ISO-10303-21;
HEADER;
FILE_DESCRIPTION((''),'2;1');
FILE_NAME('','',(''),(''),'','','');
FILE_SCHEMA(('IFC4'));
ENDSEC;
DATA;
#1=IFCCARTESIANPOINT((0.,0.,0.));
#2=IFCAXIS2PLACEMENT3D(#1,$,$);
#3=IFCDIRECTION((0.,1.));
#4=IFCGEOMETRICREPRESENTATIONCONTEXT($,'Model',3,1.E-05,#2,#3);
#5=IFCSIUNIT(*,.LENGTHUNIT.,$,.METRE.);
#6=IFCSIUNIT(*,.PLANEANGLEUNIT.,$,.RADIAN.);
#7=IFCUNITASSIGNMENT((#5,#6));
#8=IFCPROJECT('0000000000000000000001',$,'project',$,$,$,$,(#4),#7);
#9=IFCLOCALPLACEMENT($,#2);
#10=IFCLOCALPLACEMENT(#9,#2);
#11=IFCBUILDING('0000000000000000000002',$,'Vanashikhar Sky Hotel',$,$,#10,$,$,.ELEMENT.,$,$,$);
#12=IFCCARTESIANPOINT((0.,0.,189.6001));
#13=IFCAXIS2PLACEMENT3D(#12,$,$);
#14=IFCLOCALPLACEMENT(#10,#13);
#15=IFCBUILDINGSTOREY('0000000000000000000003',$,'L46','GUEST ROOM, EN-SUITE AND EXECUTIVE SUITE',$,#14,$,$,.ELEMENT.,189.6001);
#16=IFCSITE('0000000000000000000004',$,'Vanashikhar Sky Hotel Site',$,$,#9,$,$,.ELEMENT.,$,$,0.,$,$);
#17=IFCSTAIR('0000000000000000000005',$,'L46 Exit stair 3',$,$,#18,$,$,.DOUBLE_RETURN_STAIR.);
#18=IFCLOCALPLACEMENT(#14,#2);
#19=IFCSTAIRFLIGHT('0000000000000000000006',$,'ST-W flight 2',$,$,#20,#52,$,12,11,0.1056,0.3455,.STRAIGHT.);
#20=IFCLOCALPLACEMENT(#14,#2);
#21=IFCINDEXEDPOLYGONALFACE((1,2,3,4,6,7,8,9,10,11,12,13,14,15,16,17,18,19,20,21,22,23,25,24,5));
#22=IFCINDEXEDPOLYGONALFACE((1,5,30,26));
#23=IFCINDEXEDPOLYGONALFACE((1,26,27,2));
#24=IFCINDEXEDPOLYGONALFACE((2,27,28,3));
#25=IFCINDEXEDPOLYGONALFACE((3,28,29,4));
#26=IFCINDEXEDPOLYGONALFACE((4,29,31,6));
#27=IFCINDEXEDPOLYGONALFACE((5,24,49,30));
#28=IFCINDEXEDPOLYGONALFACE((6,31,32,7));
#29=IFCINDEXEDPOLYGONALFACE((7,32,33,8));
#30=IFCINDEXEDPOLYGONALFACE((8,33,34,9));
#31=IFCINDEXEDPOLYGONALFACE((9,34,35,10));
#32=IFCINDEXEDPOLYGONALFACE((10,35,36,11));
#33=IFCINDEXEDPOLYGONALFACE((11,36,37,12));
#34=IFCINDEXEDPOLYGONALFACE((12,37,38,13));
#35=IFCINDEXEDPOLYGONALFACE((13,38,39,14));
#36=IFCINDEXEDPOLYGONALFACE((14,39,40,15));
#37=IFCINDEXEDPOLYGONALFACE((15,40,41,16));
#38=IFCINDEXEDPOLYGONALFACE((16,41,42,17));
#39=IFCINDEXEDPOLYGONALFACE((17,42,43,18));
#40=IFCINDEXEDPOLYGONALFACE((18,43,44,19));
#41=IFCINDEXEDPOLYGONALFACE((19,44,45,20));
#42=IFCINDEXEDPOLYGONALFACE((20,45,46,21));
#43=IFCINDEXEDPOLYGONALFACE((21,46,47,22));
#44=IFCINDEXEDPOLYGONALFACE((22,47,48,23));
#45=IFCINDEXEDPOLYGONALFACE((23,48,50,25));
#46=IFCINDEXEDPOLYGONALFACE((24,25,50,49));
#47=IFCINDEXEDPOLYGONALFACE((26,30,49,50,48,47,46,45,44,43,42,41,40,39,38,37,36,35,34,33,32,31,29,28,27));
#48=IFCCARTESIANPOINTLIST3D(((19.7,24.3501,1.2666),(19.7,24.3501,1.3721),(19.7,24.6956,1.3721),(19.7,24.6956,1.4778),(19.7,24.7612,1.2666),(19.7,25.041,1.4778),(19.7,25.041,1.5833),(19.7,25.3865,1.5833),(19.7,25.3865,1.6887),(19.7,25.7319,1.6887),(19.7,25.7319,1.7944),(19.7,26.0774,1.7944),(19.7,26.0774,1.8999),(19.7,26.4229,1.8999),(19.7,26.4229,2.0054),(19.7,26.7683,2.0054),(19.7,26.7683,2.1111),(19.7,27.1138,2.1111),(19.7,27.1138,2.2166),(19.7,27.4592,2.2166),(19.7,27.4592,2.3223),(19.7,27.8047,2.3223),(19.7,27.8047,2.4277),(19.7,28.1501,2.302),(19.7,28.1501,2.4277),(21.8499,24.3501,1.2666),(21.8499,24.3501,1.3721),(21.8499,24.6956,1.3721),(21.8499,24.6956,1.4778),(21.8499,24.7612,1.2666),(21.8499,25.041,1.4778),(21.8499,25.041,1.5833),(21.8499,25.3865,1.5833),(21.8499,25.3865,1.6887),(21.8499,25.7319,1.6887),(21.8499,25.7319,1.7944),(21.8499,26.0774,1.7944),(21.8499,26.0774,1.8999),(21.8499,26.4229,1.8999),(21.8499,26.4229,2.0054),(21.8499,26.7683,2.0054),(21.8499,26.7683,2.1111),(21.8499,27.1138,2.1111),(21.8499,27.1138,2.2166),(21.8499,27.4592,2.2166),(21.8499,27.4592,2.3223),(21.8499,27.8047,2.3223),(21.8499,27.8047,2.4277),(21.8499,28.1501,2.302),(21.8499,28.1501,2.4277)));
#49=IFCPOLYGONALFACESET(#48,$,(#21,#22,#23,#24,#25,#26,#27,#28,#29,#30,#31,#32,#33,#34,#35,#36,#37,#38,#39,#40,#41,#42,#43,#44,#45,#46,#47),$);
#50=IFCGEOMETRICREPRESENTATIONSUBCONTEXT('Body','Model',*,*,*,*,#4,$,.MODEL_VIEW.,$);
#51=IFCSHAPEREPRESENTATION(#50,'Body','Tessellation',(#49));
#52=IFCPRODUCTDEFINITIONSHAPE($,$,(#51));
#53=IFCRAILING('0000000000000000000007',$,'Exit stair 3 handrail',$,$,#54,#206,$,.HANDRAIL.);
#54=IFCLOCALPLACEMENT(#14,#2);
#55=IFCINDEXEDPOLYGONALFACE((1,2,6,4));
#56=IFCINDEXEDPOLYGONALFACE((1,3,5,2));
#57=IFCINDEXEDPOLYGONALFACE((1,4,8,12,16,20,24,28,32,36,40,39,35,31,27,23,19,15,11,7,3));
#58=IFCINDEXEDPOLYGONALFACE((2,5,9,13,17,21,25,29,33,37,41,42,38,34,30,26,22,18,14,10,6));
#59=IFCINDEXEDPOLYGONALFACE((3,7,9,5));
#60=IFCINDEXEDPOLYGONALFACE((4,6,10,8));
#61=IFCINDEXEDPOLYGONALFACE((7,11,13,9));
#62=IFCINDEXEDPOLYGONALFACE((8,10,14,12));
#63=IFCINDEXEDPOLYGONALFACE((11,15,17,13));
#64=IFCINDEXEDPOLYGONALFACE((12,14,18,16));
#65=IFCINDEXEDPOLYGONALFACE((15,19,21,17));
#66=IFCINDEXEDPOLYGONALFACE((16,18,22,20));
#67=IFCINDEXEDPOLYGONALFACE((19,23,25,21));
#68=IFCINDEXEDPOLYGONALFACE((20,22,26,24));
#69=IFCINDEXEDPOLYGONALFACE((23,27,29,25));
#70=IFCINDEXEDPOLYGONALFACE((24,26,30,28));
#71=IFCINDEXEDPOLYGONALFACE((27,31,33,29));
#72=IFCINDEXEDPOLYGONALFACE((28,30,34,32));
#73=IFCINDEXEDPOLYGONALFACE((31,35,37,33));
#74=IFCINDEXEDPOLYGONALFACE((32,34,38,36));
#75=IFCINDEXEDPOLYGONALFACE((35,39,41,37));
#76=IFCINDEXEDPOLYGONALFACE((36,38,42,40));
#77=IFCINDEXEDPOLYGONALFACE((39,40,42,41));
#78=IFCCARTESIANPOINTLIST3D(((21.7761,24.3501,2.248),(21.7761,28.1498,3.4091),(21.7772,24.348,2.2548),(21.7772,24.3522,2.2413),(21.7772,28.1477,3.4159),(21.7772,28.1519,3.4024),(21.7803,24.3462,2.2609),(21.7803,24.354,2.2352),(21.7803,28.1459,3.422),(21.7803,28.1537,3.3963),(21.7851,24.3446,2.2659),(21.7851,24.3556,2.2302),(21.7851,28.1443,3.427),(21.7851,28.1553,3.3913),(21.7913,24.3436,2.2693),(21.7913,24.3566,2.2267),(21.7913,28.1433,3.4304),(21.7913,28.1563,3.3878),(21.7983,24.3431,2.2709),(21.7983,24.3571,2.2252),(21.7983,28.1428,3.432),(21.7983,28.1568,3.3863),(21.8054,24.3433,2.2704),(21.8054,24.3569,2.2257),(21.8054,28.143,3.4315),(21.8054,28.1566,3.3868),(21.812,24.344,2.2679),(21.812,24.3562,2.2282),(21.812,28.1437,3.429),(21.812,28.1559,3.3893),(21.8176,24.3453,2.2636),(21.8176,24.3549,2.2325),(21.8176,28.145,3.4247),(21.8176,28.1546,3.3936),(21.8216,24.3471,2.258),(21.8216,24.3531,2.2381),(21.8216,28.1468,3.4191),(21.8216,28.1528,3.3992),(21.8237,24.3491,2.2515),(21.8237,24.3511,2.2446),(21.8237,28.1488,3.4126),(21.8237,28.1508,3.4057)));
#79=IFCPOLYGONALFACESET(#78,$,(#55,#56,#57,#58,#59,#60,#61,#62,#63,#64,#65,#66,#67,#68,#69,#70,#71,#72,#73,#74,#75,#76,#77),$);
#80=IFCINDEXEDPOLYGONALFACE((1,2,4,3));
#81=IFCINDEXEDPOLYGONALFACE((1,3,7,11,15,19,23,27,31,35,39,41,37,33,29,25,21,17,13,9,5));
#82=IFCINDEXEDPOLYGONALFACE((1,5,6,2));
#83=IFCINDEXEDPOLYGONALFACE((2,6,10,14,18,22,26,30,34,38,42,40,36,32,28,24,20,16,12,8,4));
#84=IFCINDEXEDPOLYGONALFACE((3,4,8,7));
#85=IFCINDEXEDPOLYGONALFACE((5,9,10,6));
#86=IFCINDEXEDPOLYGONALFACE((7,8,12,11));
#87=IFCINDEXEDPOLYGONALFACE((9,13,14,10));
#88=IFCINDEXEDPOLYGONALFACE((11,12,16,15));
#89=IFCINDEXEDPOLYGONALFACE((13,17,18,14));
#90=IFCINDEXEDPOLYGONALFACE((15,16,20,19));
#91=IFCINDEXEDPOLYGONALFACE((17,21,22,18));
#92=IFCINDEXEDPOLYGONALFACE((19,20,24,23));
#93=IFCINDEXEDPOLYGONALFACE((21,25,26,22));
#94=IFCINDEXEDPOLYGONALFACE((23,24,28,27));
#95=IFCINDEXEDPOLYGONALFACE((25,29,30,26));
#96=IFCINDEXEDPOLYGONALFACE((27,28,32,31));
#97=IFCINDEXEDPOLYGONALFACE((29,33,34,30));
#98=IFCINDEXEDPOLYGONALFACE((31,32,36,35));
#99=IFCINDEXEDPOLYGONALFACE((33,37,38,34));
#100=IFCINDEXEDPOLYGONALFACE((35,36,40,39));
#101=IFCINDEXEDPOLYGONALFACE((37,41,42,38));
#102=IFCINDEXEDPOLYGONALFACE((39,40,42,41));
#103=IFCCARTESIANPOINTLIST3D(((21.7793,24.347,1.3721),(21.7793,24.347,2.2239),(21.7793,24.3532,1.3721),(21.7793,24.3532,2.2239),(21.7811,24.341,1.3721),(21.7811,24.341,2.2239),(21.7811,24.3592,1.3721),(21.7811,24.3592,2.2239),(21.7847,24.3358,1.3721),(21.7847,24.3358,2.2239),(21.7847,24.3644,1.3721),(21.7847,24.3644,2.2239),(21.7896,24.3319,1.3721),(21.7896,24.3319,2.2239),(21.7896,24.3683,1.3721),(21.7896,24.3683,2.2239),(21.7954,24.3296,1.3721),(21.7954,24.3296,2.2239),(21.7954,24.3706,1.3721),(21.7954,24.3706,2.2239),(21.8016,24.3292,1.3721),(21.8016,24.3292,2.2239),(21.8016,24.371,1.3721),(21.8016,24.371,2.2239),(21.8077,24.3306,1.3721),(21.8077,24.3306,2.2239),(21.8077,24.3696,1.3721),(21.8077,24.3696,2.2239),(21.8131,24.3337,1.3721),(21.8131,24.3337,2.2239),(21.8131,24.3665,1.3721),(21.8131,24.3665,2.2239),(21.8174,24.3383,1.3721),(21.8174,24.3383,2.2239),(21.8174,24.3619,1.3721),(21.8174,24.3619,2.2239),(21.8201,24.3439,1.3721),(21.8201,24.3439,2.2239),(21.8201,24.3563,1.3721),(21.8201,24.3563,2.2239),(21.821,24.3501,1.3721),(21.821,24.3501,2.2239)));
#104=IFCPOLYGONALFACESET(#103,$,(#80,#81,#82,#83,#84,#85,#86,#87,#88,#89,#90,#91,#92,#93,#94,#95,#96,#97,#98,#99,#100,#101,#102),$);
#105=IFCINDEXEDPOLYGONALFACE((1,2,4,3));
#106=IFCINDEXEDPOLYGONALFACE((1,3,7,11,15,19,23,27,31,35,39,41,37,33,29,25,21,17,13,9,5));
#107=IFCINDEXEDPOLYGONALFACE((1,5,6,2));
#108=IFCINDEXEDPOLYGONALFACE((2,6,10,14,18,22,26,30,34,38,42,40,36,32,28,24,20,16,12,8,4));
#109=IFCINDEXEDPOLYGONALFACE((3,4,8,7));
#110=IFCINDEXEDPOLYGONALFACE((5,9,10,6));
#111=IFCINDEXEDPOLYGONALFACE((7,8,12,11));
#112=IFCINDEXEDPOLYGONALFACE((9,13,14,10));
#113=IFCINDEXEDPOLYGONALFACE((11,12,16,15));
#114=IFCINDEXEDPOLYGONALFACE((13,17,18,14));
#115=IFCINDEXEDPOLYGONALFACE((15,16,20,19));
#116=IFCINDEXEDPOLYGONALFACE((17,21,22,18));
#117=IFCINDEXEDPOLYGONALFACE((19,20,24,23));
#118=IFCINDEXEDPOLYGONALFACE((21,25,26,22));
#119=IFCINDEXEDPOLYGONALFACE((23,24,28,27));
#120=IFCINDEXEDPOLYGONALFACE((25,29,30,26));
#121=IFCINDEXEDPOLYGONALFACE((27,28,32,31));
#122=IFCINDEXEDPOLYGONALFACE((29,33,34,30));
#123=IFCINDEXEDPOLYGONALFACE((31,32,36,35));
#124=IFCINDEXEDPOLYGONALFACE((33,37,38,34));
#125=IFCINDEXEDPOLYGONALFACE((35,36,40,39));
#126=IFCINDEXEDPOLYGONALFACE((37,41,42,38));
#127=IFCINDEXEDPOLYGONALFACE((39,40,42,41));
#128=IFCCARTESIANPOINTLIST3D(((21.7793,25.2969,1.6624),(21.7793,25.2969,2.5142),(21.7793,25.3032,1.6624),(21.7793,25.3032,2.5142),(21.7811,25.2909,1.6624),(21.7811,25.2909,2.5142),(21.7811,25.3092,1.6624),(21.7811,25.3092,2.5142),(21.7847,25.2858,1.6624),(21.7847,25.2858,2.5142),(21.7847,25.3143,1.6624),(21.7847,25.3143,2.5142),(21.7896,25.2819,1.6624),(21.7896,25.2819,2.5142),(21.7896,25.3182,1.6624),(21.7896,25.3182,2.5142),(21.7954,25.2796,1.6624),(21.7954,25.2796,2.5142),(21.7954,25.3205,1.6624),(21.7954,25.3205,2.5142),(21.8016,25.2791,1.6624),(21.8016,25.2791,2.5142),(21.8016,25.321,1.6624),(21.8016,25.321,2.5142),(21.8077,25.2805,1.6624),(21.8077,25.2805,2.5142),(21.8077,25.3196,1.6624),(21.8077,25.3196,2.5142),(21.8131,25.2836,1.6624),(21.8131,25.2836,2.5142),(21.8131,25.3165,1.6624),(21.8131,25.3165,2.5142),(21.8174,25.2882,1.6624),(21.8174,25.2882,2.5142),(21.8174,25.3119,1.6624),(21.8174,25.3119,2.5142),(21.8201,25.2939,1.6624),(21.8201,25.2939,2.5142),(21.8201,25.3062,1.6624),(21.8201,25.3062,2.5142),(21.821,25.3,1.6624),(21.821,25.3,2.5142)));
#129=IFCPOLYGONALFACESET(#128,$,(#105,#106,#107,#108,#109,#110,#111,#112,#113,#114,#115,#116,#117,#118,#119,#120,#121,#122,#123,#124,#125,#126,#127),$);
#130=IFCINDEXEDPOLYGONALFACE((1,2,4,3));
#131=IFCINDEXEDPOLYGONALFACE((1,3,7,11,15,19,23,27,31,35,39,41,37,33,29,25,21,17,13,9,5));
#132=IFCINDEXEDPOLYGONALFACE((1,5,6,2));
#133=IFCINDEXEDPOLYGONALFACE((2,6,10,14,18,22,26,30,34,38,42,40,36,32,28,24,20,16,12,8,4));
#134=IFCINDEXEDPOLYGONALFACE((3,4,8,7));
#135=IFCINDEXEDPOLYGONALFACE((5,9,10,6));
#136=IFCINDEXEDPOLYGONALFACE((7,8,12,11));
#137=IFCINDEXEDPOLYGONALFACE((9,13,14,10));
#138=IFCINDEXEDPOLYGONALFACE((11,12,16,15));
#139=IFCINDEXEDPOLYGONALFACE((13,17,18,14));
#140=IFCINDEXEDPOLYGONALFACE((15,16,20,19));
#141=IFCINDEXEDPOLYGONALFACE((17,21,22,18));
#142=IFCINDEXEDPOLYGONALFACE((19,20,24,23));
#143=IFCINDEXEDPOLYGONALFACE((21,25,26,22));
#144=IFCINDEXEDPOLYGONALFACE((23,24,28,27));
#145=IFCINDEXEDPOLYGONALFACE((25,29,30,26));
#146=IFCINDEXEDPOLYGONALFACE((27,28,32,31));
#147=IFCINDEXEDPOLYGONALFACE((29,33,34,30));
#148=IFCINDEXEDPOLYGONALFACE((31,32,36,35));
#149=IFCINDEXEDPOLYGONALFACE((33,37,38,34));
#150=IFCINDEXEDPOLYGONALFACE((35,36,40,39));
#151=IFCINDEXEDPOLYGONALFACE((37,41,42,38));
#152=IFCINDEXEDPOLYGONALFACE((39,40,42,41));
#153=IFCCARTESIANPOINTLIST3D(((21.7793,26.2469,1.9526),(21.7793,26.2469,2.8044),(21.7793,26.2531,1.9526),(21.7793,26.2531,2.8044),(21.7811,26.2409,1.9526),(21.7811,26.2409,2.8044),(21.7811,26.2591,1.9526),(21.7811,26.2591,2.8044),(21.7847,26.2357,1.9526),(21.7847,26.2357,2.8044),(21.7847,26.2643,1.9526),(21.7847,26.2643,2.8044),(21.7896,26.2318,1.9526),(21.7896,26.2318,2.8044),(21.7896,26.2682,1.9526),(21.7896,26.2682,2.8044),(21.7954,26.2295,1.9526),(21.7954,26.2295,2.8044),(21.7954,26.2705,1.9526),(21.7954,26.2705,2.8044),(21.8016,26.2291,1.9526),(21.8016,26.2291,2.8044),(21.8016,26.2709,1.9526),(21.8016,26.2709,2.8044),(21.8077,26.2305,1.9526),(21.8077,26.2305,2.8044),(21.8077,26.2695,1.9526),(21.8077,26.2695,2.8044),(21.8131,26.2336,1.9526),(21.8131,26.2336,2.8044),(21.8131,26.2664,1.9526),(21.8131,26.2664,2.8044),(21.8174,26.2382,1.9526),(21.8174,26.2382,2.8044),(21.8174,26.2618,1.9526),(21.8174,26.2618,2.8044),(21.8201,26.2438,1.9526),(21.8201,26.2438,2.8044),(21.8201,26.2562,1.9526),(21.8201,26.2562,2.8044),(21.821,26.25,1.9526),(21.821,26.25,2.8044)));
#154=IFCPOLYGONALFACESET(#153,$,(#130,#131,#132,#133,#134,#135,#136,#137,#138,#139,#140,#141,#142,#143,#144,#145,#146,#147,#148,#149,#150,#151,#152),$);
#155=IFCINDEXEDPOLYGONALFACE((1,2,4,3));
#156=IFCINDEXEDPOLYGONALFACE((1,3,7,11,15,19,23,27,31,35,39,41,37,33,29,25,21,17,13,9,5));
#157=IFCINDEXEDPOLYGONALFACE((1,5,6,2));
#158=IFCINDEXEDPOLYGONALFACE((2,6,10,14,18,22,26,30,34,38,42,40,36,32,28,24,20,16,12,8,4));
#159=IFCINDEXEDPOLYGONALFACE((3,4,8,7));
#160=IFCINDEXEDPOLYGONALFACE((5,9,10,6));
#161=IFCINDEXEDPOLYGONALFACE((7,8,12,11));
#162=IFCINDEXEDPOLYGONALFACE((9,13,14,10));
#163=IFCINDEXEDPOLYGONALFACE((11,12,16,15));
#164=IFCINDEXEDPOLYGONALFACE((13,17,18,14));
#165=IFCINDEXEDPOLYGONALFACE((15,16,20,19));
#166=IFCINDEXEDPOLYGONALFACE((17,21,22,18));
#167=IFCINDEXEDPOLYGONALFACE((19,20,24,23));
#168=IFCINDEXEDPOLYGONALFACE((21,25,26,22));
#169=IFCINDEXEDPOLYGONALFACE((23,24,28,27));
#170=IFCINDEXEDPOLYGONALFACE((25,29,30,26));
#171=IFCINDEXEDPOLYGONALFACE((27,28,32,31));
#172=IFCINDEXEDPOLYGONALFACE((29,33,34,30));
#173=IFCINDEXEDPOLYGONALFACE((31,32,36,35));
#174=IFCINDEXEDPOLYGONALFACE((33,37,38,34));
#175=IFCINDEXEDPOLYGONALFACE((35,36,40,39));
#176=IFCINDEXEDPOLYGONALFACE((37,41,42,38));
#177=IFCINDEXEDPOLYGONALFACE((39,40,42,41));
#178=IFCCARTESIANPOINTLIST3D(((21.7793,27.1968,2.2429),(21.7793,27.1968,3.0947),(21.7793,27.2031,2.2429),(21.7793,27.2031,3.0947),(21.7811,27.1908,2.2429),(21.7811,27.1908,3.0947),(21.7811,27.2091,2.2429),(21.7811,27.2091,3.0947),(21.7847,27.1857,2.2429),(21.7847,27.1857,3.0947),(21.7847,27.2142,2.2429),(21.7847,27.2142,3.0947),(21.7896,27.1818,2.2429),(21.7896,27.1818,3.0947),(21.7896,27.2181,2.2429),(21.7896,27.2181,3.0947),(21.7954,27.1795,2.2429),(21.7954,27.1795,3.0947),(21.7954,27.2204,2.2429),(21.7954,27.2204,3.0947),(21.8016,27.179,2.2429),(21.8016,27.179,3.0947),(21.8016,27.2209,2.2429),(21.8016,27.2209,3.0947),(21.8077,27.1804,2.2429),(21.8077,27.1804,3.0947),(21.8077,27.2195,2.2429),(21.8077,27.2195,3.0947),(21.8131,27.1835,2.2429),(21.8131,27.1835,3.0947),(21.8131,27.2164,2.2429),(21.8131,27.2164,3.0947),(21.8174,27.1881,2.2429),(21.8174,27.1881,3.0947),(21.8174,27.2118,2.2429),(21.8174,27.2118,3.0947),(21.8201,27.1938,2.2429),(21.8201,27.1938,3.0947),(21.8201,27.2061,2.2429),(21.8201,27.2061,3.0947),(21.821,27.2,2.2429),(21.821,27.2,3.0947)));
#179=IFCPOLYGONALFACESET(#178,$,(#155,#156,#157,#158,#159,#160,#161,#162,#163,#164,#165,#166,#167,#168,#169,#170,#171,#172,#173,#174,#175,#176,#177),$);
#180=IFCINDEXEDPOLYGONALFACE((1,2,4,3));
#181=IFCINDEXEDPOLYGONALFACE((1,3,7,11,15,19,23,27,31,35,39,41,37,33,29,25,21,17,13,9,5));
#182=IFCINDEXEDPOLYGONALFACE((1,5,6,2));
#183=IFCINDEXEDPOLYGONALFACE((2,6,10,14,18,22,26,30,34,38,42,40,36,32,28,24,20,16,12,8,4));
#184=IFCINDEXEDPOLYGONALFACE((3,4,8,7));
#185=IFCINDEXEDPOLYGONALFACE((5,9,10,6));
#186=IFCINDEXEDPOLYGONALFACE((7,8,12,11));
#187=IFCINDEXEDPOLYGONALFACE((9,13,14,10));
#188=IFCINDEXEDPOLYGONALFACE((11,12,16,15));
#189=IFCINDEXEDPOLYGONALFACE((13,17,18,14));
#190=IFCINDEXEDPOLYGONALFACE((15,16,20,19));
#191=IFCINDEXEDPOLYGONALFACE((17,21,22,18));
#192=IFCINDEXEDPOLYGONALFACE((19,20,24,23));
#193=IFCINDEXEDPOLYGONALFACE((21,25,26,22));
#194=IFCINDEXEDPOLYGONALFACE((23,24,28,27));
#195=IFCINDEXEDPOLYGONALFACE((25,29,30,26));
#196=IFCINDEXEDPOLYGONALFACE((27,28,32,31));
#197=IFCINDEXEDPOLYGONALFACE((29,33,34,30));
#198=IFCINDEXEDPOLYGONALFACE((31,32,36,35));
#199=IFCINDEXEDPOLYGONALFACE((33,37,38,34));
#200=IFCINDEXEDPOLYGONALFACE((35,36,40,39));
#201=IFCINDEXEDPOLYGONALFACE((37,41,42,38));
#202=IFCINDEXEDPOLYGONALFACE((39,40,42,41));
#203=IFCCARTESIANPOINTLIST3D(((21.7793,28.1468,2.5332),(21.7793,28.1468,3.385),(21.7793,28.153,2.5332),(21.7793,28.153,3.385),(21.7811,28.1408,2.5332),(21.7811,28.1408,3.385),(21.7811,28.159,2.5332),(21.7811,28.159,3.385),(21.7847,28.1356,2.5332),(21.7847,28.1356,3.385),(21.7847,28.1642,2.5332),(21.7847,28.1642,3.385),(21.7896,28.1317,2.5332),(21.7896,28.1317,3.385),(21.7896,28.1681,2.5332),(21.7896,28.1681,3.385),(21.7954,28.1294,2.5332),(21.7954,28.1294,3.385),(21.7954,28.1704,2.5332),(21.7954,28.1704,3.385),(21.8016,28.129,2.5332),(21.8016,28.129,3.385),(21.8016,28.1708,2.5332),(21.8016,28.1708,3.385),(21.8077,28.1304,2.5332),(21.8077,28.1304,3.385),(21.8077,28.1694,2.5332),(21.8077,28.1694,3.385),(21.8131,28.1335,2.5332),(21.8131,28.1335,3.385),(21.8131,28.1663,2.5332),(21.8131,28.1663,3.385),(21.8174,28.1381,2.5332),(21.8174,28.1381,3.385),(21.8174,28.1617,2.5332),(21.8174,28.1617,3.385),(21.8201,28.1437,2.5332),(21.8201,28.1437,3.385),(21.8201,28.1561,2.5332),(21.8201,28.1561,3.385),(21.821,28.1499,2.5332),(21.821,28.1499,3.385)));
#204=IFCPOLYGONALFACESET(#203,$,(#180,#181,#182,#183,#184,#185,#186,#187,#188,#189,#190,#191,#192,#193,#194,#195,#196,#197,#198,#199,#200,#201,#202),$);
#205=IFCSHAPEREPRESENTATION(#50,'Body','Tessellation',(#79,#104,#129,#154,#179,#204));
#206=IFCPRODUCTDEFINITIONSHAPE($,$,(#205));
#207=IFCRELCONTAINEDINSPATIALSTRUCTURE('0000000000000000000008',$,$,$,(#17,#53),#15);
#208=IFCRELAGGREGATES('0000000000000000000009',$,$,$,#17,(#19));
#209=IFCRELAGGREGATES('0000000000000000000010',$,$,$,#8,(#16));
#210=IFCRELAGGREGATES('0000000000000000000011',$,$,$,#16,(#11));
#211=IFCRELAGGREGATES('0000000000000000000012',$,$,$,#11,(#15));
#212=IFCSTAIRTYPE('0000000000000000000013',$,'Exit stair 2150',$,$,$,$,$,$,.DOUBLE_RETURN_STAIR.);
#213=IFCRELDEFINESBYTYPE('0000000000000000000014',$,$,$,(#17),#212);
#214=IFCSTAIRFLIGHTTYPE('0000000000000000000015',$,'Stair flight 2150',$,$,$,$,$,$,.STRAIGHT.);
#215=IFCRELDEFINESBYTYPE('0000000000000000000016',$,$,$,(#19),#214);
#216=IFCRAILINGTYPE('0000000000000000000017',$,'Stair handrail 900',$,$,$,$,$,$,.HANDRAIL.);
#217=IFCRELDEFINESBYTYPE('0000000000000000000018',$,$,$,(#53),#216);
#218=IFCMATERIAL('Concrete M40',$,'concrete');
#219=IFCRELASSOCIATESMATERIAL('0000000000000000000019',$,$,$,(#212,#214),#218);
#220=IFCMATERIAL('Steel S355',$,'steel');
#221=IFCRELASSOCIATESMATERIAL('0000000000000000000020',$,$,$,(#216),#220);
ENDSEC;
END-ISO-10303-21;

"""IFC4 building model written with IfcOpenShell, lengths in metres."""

from ifc_helpers import new_model, si_unit, direction, frame, origin, origin_2d, place, context, subcontext, project, spatial, polyline, circle, outline, extrude, source, transform, mapped, material, type_object, element, aggregate, save


model = new_model("IFC4")

# Units and contexts
model_context = context("Model", 3, precision=1e-05, world=origin(), true_north=direction((0.0, 1.0)))
body_context = subcontext(model_context, "Body", "Model", "MODEL_VIEW")
ifc_project = project(units=[si_unit("LENGTHUNIT", "METRE"), si_unit("PLANEANGLEUNIT", "RADIAN")], contexts=[model_context])

# Site, building, storey
site_placement = place(None, origin())
site = spatial("IfcSite", under=ifc_project, at=site_placement, Name="Vanashikhar Sky Hotel Site", CompositionType="ELEMENT", RefElevation=0.0)
building_placement = place(site_placement, origin())
building = spatial("IfcBuilding", under=site, at=building_placement, Name="Vanashikhar Sky Hotel", CompositionType="ELEMENT")
storey_placement = place(building_placement, frame((0.0, 0.0, 189.6001)))
storey = spatial("IfcBuildingStorey", under=building, at=storey_placement, Name="L46", Description="GUEST ROOM, EN-SUITE AND EXECUTIVE SUITE", CompositionType="ELEMENT", Elevation=189.6001)

# Stair, stair flight
ifc_material_1 = material(Name="Concrete M40", Category="concrete")
stair_type = type_object("IfcStairType", Name="Exit stair 2150", PredefinedType="DOUBLE_RETURN_STAIR", material=ifc_material_1)
stair_placement = place(storey_placement, origin())
stair = element("IfcStair", 1, at=stair_placement, inside=storey, type_object=stair_type, Name="L46 Exit stair 3", PredefinedType="DOUBLE_RETURN_STAIR")
stair_flight_type = type_object("IfcStairFlightType", Name="Stair flight 2150", PredefinedType="STRAIGHT", material=ifc_material_1)
shared_shape_1 = source(origin(), body_context, "Body", "SweptSolid", [
    extrude(outline(polyline([(0.0, 0.0), (0.0, 0.1055), (0.3455, 0.1055), (0.3455, 0.2112), (0.6909, 0.2112), (0.6909, 0.3167), (1.0364, 0.3167), (1.0364, 0.4221), (1.3818, 0.4221), (1.3818, 0.5278), (1.7273, 0.5278), (1.7273, 0.6333), (2.0728, 0.6333), (2.0728, 0.7388), (2.4182, 0.7388), (2.4182, 0.8445), (2.7637, 0.8445), (2.7637, 0.95), (3.1091, 0.95), (3.1091, 1.0557), (3.4546, 1.0557), (3.4546, 1.1611), (3.8, 1.1611), (3.8, 1.2666), (3.8, 1.0354), (0.4111, 0.0), (0.0, 0.0)])), frame((0.0, 1.075, 0.0), z_axis=(0.0, -1.0, 0.0), x_axis=(1.0, 0.0, 0.0)), (0.0, 0.0, 1.0), 2.1499),
])
stair_flight_placement = place(storey_placement, frame((20.7749, 24.3501, 1.2666), z_axis=(0.0, 0.0, 1.0), x_axis=(0.0, 1.0, 0.0)))
stair_flight = element("IfcStairFlight", 2, at=stair_flight_placement, type_object=stair_flight_type, Name="ST-W flight 2", NumberOfRisers=12, NumberOfTreads=11, PredefinedType="STRAIGHT", RiserHeight=0.1056, TreadLength=0.3455, context=body_context, shape_type="MappedRepresentation", body=[
    mapped(shared_shape_1, transform((0.0, 0.0, 0.0), scale=1.0)),
])
aggregate(stair, [stair_flight])

# Railing
ifc_material_2 = material(Name="Steel S355", Category="steel")
railing_type = type_object("IfcRailingType", Name="Stair handrail 900", PredefinedType="HANDRAIL", material=ifc_material_2)
shared_shape_2 = source(origin(), body_context, "Body", "SweptSolid", [
    extrude(circle(Radius=0.0239, at=origin_2d()), frame((0.0, 0.0, 0.876), z_axis=(0.0, 0.956346, 0.292237), x_axis=(-1.0, 0.0, 0.0)), (0.0, 0.0, 1.0), 3.9731),
    extrude(circle(Radius=0.021, at=origin_2d()), origin(), (0.0, 0.0, 1.0), 0.8518),
    extrude(circle(Radius=0.021, at=origin_2d()), frame((0.0, 0.95, 0.2903)), (0.0, 0.0, 1.0), 0.8518),
    extrude(circle(Radius=0.021, at=origin_2d()), frame((0.0, 1.8999, 0.5806)), (0.0, 0.0, 1.0), 0.8518),
    extrude(circle(Radius=0.021, at=origin_2d()), frame((0.0, 2.8499, 0.8708)), (0.0, 0.0, 1.0), 0.8518),
    extrude(circle(Radius=0.021, at=origin_2d()), frame((0.0, 3.7998, 1.1611)), (0.0, 0.0, 1.0), 0.8518),
])
railing_placement = place(storey_placement, frame((21.8, 24.3501, 1.3721)))
element("IfcRailing", 3, at=railing_placement, inside=storey, type_object=railing_type, Name="Exit stair 3 handrail", PredefinedType="HANDRAIL", context=body_context, shape_type="MappedRepresentation", body=[
    mapped(shared_shape_2, transform((0.0, 0.0, 0.0), scale=1.0)),
])

save(model, "model.ifc")
